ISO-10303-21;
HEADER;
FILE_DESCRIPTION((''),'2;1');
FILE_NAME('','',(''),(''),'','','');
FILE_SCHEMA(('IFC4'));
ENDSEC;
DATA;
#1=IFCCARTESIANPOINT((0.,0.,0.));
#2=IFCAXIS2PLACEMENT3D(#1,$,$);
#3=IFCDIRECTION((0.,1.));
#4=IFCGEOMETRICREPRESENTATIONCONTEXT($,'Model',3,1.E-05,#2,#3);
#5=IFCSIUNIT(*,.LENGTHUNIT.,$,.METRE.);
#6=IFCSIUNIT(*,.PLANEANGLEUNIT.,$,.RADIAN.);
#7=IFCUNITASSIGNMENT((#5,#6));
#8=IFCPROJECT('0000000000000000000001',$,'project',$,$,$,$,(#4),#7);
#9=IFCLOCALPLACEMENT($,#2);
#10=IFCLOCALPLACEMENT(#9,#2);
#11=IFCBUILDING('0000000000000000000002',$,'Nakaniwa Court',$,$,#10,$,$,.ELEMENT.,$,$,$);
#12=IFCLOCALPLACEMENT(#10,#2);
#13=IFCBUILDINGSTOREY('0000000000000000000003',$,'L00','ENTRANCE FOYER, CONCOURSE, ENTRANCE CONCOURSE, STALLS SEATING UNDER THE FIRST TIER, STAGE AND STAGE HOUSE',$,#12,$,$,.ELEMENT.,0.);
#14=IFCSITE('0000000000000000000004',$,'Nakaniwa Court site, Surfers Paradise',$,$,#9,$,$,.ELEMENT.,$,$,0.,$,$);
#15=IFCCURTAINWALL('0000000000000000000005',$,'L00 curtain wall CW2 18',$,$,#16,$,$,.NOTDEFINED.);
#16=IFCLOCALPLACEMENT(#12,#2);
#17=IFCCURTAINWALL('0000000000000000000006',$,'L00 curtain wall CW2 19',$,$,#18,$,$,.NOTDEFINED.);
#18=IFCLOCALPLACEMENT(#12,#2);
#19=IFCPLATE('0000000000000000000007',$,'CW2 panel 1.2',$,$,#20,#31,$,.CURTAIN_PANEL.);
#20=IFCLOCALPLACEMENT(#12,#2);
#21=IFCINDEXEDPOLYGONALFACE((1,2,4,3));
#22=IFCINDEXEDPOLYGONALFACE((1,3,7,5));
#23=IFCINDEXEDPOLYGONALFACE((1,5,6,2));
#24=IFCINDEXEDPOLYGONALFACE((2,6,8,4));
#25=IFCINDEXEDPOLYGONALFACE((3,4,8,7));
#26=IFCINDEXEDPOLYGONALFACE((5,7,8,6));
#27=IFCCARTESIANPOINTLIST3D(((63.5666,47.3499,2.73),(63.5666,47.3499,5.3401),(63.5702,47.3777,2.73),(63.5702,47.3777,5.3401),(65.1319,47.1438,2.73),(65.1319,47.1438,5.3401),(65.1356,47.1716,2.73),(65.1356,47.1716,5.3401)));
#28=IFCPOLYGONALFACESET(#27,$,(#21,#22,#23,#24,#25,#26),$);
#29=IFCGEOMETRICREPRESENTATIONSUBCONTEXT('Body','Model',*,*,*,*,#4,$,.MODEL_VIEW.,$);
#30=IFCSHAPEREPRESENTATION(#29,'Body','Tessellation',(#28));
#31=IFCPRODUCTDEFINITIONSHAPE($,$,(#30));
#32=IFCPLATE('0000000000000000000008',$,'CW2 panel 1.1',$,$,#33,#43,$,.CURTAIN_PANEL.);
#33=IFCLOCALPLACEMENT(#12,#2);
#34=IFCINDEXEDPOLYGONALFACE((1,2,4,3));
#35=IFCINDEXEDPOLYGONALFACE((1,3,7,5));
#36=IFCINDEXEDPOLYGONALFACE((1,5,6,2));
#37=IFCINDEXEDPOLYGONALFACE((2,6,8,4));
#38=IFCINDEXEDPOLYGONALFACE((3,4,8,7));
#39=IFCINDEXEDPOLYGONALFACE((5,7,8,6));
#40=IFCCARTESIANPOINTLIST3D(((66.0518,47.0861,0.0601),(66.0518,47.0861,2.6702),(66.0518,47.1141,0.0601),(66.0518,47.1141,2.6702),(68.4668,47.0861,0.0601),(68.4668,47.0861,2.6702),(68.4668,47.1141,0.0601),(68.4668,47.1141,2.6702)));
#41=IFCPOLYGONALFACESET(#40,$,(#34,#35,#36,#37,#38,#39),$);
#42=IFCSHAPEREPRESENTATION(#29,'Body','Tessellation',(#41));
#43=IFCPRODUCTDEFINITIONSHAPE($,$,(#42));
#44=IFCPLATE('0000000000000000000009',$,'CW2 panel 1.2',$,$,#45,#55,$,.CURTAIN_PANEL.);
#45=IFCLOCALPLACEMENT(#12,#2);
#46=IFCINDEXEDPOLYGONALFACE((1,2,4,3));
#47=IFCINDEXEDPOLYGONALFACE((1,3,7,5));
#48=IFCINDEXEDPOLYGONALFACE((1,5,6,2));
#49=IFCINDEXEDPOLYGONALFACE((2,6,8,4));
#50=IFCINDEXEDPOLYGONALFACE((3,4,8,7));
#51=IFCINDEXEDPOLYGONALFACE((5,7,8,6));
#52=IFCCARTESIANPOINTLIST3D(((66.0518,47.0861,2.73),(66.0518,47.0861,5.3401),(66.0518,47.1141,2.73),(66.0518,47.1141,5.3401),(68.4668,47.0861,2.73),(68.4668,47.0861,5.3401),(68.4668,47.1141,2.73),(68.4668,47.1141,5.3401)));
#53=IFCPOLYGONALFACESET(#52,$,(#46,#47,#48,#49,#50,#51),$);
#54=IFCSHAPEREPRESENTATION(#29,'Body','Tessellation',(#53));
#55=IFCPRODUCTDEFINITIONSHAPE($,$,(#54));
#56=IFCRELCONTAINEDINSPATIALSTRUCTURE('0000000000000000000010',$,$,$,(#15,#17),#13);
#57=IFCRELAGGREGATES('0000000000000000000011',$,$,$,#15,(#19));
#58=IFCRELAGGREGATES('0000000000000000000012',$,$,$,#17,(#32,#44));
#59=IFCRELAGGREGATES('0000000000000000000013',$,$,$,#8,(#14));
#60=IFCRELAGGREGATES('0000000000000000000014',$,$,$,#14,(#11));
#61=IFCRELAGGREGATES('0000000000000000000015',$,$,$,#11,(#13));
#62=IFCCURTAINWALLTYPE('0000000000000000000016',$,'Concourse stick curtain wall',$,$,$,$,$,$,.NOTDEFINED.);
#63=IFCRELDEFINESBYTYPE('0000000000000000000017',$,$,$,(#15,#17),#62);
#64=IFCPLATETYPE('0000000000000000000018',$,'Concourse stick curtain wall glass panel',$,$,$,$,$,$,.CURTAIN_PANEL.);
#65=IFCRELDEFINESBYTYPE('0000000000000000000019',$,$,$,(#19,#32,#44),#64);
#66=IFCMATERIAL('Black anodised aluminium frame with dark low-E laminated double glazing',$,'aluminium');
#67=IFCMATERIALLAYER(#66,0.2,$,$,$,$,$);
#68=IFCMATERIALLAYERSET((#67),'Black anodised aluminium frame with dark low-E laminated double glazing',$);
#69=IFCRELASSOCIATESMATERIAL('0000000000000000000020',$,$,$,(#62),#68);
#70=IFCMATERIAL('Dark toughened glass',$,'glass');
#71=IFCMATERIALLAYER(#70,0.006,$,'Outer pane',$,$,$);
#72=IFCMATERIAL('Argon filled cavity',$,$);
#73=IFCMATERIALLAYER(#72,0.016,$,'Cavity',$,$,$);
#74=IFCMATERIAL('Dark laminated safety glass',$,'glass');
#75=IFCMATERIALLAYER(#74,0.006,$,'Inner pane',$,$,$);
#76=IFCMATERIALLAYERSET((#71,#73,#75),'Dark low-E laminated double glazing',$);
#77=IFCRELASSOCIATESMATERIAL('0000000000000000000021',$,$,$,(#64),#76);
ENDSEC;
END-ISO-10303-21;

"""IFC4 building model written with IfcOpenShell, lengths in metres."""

from ifc_helpers import new_model, si_unit, direction, frame, origin, origin_2d, place, context, subcontext, project, spatial, rectangle, extrude, material, layer, layer_set, type_object, element, aggregate, save


model = new_model("IFC4")

# Units and contexts
model_context = context("Model", 3, precision=1e-05, world=origin(), true_north=direction((0.0, 1.0)))
body_context = subcontext(model_context, "Body", "Model", "MODEL_VIEW")
ifc_project = project(units=[si_unit("LENGTHUNIT", "METRE"), si_unit("PLANEANGLEUNIT", "RADIAN")], contexts=[model_context])

# Site, building, storey
site_placement = place(None, origin())
site = spatial("IfcSite", under=ifc_project, at=site_placement, Name="Nakaniwa Court site, Surfers Paradise", CompositionType="ELEMENT", RefElevation=0.0)
building_placement = place(site_placement, origin())
building = spatial("IfcBuilding", under=site, at=building_placement, Name="Nakaniwa Court", CompositionType="ELEMENT")
storey_placement = place(building_placement, origin())
storey = spatial("IfcBuildingStorey", under=building, at=storey_placement, Name="L00", Description="ENTRANCE FOYER, CONCOURSE, ENTRANCE CONCOURSE, STALLS SEATING UNDER THE FIRST TIER, STAGE AND STAGE HOUSE", CompositionType="ELEMENT", Elevation=0.0)

# Curtain wall
ifc_material_1 = material(Name="Black anodised aluminium frame with dark low-E laminated double glazing", Category="aluminium")
ifc_layer_1 = layer(ifc_material_1, 0.2)
ifc_layer_set_1 = layer_set([ifc_layer_1], Name="Black anodised aluminium frame with dark low-E laminated double glazing")
curtain_wall_type = type_object("IfcCurtainWallType", Name="Concourse stick curtain wall", PredefinedType="NOTDEFINED", material=ifc_layer_set_1)
curtain_wall_1_placement = place(storey_placement, origin())
curtain_wall_1 = element("IfcCurtainWall", 1, at=curtain_wall_1_placement, inside=storey, type_object=curtain_wall_type, Name="L00 curtain wall CW2 18", PredefinedType="NOTDEFINED")

# Curtain wall
curtain_wall_2_placement = place(storey_placement, origin())
curtain_wall_2 = element("IfcCurtainWall", 2, at=curtain_wall_2_placement, inside=storey, type_object=curtain_wall_type, Name="L00 curtain wall CW2 19", PredefinedType="NOTDEFINED")

# Plates
ifc_material_2 = material(Name="Dark toughened glass", Category="glass")
ifc_layer_2 = layer(ifc_material_2, 0.006, Name="Outer pane")
ifc_material_3 = material(Name="Argon filled cavity")
ifc_layer_3 = layer(ifc_material_3, 0.016, Name="Cavity")
ifc_material_4 = material(Name="Dark laminated safety glass", Category="glass")
ifc_layer_4 = layer(ifc_material_4, 0.006, Name="Inner pane")
ifc_layer_set_2 = layer_set([ifc_layer_2, ifc_layer_3, ifc_layer_4], Name="Dark low-E laminated double glazing")
plate_type = type_object("IfcPlateType", Name="Concourse stick curtain wall glass panel", PredefinedType="CURTAIN_PANEL", material=ifc_layer_set_2)
plate_1_placement = place(storey_placement, frame((64.3511, 47.2607, 2.73), z_axis=(0.0, 0.0, 1.0), x_axis=(0.991441, -0.130552, 0.0)))
plate_1 = element("IfcPlate", 3, at=plate_1_placement, type_object=plate_type, Name="CW2 panel 1.2", PredefinedType="CURTAIN_PANEL", context=body_context, shape_type="SweptSolid", body=[
    extrude(rectangle(XDim=1.5789, YDim=0.0281, at=origin_2d()), origin(), (0.0, 0.0, 1.0), 2.6101),
])
aggregate(curtain_wall_1, [plate_1])
plate_2_placement = place(storey_placement, frame((67.2593, 47.1001, 0.0601), z_axis=(0.0, 0.0, 1.0), x_axis=(1.0, 0.0, 0.0)))
plate_2 = element("IfcPlate", 4, at=plate_2_placement, type_object=plate_type, Name="CW2 panel 1.1", PredefinedType="CURTAIN_PANEL", context=body_context, shape_type="SweptSolid", body=[
    extrude(rectangle(XDim=2.415, YDim=0.0281, at=origin_2d()), origin(), (0.0, 0.0, 1.0), 2.6101),
])
plate_3_placement = place(storey_placement, frame((67.2593, 47.1001, 2.73), z_axis=(0.0, 0.0, 1.0), x_axis=(1.0, 0.0, 0.0)))
plate_3 = element("IfcPlate", 5, at=plate_3_placement, type_object=plate_type, Name="CW2 panel 1.2", PredefinedType="CURTAIN_PANEL", context=body_context, shape_type="SweptSolid", body=[
    extrude(rectangle(XDim=2.415, YDim=0.0281, at=origin_2d()), origin(), (0.0, 0.0, 1.0), 2.6101),
])
aggregate(curtain_wall_2, [plate_2, plate_3])

save(model, "model.ifc")
